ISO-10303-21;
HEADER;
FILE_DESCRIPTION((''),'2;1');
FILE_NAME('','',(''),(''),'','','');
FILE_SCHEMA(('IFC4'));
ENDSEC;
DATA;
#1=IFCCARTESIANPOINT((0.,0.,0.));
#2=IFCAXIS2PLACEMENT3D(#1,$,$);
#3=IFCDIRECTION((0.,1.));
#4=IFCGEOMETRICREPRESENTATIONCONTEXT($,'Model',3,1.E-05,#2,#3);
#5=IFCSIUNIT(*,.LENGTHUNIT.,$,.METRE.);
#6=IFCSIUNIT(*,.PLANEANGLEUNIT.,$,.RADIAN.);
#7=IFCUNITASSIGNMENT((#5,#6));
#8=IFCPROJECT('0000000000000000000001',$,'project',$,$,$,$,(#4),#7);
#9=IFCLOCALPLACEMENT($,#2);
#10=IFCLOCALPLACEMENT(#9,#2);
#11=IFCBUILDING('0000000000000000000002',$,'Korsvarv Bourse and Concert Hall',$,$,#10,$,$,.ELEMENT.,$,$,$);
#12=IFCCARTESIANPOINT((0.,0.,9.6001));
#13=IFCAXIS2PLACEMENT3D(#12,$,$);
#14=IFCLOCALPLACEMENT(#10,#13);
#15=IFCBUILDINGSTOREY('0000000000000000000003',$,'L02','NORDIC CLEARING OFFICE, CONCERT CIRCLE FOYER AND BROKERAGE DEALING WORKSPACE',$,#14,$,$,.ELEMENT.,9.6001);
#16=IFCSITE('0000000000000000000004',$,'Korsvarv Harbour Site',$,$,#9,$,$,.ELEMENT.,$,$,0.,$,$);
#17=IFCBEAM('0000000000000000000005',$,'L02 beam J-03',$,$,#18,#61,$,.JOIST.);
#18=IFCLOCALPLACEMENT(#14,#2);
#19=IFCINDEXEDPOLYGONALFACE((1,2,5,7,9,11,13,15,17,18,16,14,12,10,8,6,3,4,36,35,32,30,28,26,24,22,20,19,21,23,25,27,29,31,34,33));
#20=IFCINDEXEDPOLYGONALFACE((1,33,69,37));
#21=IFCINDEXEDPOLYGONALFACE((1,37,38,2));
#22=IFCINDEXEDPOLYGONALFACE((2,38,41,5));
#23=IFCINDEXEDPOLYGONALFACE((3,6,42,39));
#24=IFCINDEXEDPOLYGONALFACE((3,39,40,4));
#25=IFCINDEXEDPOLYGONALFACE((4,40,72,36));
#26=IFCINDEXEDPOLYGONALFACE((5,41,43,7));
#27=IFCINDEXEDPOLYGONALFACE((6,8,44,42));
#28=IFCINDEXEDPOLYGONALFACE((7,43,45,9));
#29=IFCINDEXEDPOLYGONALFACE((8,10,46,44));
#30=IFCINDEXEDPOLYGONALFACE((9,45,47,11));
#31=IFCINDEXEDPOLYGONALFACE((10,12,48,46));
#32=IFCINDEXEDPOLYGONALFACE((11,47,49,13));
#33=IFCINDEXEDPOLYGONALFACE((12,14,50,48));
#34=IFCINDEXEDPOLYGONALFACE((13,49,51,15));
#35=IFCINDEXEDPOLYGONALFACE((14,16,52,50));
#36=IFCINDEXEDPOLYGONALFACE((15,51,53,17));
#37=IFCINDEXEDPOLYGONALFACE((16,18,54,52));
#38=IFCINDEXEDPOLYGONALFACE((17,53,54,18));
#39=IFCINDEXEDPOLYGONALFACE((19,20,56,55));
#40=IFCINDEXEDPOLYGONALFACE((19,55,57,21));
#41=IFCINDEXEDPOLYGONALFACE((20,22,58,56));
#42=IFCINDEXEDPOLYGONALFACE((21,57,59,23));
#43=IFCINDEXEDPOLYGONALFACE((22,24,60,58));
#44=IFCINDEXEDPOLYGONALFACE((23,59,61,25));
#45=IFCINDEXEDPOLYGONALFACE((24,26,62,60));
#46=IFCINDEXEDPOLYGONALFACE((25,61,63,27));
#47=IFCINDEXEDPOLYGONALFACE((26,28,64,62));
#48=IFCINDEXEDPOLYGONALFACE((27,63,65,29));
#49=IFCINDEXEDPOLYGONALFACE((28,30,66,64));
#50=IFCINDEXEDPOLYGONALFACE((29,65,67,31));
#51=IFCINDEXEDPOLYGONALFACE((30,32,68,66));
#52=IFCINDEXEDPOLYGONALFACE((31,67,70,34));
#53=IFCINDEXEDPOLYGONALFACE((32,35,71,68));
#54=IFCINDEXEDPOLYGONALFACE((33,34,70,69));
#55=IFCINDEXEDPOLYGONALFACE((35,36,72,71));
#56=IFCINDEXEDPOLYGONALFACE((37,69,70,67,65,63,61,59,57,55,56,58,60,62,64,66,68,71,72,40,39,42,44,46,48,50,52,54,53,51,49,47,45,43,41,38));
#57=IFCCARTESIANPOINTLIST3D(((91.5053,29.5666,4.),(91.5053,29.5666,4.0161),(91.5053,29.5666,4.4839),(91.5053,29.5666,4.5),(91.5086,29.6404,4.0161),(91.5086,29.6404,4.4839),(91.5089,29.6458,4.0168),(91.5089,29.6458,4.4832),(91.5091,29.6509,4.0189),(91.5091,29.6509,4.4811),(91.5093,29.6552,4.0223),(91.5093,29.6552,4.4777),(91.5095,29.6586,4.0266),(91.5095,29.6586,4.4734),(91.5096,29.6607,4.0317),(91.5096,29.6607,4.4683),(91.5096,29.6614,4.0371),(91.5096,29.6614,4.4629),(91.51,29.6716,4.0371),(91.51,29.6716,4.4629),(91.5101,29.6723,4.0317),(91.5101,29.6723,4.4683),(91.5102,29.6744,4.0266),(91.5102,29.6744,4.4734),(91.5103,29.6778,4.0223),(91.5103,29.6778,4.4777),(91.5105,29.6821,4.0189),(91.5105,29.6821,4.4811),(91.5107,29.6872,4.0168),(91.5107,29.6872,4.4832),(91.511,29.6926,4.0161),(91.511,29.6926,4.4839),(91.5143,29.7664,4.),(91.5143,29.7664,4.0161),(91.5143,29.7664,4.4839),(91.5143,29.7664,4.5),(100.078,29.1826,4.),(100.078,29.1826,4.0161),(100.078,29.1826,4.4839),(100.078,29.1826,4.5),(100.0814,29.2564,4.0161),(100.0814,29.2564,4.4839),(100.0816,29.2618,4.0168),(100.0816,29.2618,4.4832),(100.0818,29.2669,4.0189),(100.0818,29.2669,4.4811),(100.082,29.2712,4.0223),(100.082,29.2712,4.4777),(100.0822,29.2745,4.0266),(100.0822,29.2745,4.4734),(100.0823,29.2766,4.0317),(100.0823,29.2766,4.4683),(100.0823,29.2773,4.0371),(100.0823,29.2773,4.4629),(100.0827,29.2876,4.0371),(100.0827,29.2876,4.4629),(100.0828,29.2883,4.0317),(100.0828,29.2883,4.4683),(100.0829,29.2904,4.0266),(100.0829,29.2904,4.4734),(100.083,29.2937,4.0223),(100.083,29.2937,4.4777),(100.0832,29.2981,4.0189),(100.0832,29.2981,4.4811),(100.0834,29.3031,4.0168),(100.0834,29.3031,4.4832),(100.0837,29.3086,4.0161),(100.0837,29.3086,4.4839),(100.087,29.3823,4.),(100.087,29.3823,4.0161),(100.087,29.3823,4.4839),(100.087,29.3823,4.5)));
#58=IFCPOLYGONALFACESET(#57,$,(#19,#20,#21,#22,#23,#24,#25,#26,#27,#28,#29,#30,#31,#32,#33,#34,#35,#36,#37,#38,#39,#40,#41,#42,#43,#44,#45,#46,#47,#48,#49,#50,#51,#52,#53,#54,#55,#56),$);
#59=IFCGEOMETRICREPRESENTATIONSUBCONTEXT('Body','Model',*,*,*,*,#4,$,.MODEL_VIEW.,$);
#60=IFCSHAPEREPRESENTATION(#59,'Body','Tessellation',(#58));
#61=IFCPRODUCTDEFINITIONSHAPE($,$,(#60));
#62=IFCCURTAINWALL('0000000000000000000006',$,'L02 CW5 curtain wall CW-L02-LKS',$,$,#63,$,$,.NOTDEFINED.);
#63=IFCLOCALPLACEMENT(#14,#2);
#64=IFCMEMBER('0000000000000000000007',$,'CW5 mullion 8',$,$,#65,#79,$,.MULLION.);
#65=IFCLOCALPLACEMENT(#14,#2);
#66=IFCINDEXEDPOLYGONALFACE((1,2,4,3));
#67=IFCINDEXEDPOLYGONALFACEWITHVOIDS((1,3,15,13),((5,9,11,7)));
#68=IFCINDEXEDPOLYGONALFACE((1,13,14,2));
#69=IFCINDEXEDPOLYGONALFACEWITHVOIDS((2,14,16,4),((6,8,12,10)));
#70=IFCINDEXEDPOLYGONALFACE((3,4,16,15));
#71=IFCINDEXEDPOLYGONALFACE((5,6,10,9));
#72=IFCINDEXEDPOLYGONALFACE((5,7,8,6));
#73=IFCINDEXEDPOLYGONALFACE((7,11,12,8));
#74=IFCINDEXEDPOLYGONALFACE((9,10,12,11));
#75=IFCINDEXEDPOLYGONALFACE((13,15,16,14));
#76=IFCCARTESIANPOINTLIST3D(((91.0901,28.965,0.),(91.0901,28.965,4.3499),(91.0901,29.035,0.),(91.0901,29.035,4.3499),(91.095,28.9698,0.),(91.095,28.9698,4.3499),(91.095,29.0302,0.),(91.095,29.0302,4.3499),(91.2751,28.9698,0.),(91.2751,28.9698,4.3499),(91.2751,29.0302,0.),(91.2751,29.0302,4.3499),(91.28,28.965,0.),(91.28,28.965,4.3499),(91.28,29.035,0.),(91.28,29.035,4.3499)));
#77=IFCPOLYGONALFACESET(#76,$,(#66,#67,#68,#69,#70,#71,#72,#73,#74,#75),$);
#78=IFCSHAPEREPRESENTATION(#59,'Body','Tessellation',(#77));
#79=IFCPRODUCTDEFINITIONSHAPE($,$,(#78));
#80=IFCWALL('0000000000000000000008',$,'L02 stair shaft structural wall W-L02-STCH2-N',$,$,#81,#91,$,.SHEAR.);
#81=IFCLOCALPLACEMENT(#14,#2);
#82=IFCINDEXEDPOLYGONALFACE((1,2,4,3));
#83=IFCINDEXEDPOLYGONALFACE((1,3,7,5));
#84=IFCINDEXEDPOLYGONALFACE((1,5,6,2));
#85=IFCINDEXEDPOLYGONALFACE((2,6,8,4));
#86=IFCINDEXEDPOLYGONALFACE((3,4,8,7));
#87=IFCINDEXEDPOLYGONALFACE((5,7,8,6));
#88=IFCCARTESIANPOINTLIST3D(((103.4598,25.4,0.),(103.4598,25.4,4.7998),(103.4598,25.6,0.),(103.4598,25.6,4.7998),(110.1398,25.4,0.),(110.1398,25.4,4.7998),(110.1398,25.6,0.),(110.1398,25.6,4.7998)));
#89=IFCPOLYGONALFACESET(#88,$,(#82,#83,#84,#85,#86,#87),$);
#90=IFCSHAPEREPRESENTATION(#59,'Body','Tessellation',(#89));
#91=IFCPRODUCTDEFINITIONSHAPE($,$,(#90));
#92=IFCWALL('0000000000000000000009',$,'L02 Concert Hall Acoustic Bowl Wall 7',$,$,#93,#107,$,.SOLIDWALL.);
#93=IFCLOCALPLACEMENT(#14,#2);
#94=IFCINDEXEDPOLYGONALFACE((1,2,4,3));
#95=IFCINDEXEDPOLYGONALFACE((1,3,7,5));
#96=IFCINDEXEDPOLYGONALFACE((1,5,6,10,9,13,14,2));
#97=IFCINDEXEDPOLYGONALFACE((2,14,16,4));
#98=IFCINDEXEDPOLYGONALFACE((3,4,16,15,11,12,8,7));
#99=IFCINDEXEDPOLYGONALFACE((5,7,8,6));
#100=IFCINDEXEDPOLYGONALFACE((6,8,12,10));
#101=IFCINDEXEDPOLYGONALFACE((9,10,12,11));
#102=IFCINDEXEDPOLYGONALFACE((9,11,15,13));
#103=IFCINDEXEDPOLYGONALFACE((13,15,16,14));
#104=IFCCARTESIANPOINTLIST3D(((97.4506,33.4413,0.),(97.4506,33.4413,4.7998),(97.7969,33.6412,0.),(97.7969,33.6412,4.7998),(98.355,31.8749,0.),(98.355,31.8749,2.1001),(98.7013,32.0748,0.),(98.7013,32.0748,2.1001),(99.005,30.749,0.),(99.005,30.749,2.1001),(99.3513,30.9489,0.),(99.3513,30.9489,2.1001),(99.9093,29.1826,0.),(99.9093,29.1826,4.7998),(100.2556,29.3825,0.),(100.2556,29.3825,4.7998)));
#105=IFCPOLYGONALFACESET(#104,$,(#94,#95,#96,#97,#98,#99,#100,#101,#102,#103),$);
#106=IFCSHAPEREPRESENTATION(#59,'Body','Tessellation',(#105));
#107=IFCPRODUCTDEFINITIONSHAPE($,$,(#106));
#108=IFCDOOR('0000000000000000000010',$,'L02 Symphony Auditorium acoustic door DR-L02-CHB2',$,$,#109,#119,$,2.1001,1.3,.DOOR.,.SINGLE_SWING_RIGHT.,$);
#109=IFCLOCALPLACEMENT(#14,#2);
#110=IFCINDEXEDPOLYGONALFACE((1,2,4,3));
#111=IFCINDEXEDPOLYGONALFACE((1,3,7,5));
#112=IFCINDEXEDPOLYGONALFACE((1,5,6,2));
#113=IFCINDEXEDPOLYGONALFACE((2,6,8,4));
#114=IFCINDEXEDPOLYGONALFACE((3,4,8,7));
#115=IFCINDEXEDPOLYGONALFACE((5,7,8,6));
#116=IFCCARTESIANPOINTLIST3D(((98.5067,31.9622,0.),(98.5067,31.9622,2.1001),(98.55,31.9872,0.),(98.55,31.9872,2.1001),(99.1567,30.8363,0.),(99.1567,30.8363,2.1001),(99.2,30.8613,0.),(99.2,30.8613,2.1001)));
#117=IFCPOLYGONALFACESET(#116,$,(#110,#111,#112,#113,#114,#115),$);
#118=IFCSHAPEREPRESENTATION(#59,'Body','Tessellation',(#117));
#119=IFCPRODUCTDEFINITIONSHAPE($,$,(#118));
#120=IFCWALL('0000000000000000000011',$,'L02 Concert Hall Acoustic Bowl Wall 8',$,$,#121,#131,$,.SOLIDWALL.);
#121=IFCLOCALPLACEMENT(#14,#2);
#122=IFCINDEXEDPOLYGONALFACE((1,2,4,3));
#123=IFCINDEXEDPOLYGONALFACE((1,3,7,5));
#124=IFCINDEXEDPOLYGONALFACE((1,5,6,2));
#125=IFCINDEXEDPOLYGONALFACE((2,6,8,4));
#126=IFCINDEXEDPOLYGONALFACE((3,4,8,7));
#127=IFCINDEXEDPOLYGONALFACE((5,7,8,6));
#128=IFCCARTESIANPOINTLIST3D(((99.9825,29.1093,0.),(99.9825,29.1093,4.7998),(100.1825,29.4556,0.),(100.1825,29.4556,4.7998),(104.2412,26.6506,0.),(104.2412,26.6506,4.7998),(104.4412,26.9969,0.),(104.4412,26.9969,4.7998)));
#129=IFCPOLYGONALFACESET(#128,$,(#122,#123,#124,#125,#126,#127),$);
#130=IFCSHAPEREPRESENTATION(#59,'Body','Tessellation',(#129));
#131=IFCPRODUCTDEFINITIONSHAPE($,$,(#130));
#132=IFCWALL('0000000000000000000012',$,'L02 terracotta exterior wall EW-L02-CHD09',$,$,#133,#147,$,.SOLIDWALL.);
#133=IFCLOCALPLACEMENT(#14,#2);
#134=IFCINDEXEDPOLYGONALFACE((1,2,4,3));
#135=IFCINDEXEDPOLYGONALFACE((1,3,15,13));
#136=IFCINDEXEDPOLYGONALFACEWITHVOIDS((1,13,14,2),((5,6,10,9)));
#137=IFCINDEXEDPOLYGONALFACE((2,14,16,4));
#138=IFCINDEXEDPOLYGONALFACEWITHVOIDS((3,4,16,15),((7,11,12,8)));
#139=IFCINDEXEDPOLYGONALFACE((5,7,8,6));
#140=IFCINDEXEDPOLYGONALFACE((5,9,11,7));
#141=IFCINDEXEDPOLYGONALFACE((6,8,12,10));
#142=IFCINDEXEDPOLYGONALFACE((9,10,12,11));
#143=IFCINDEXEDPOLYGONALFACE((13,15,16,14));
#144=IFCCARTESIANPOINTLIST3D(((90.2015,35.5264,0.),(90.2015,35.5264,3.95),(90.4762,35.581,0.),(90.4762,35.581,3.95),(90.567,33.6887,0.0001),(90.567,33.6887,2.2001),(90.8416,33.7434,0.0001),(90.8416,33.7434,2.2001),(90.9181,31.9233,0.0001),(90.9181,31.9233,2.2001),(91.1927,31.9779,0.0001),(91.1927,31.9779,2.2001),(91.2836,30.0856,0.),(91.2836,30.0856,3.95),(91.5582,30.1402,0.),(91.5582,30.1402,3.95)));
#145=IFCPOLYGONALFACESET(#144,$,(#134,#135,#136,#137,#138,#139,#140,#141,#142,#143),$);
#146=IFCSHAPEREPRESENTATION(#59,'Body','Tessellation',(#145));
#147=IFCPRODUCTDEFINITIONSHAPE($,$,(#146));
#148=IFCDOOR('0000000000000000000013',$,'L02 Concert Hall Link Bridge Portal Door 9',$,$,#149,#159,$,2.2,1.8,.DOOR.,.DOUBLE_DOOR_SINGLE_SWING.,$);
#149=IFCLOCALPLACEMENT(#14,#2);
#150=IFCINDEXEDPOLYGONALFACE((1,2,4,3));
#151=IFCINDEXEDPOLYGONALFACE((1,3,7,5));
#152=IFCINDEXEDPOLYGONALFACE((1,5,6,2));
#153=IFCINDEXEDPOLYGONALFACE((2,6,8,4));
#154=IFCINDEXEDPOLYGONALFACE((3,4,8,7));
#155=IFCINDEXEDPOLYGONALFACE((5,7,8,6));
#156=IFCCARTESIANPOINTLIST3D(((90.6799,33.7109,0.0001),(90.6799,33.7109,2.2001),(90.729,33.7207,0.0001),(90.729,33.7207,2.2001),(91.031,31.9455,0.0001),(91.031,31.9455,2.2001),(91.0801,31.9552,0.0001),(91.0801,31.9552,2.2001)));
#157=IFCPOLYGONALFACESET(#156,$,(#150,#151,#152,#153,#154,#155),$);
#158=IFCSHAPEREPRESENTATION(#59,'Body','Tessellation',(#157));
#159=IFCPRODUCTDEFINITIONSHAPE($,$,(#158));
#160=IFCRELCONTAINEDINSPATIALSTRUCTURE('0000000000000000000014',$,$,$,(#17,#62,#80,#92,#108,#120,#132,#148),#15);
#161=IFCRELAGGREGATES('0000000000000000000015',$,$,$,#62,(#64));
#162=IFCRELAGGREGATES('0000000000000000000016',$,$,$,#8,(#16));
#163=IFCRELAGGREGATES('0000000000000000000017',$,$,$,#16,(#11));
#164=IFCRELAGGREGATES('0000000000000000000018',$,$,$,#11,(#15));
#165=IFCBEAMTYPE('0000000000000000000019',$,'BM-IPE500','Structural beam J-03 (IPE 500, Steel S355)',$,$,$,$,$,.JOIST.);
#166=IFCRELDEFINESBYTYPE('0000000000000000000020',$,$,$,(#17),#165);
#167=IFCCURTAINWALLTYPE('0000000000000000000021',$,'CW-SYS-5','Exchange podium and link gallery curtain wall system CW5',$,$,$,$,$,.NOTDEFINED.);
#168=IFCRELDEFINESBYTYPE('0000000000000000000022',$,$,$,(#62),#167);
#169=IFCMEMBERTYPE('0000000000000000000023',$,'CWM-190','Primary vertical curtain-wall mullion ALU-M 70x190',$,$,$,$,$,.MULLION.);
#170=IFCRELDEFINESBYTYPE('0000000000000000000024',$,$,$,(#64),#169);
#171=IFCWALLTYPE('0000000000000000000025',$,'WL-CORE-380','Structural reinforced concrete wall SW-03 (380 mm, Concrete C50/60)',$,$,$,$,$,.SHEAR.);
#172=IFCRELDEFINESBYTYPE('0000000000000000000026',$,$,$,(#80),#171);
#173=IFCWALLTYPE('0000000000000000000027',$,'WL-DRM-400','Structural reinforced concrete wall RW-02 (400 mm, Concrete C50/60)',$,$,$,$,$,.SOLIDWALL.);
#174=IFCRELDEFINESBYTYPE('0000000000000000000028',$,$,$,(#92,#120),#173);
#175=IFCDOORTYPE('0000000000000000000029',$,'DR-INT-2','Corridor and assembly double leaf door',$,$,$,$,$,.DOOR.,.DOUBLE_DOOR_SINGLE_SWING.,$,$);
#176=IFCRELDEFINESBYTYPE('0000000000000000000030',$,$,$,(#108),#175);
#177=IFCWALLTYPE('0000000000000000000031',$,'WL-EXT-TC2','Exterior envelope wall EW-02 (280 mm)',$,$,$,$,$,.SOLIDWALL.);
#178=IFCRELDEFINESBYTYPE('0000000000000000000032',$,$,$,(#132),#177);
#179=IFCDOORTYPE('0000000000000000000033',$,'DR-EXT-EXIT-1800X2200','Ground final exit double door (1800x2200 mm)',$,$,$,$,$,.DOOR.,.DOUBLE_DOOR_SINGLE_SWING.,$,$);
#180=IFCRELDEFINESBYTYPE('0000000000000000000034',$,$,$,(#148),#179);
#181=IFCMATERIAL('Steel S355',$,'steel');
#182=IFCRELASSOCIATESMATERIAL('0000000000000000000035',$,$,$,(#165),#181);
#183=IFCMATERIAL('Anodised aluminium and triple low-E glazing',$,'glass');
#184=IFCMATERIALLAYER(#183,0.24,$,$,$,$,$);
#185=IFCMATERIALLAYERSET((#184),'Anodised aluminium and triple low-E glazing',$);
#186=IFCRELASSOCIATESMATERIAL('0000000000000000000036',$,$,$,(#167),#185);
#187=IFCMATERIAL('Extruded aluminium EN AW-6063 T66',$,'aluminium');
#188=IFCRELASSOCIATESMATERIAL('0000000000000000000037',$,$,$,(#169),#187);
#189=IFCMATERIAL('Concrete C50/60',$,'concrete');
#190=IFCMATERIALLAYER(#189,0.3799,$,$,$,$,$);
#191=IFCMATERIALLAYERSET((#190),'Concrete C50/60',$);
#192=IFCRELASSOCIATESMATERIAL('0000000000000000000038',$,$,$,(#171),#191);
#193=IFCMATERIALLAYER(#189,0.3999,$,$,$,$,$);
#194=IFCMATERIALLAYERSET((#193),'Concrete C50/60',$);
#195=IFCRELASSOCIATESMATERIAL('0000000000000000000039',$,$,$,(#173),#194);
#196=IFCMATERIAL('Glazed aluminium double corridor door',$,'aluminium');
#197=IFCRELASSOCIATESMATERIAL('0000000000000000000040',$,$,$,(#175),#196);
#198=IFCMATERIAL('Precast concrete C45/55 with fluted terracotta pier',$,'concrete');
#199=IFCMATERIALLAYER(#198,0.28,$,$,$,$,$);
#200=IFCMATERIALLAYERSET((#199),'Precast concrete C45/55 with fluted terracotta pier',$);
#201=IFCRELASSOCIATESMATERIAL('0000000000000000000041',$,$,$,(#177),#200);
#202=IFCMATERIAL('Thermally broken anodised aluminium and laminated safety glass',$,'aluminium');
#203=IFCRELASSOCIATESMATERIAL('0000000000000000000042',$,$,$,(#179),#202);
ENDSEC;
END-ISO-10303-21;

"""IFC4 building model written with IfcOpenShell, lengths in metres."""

from ifc_helpers import new_model, si_unit, direction, frame, frame_2d, origin, origin_2d, place, context, subcontext, project, spatial, rectangle, hollow_rectangle, i_section, extrude, source, transform, mapped, material, layer, layer_set, material_profile, profile_set, type_object, element, fill, aggregate, save


model = new_model("IFC4")

# Units and contexts
model_context = context("Model", 3, precision=1e-05, world=origin(), true_north=direction((0.0, 1.0)))
body_context = subcontext(model_context, "Body", "Model", "MODEL_VIEW")
ifc_project = project(units=[si_unit("LENGTHUNIT", "METRE"), si_unit("PLANEANGLEUNIT", "RADIAN")], contexts=[model_context])

# Site, building, storey
site_placement = place(None, origin())
site = spatial("IfcSite", under=ifc_project, at=site_placement, Name="Korsvarv Harbour Site", CompositionType="ELEMENT", RefElevation=0.0)
building_placement = place(site_placement, origin())
building = spatial("IfcBuilding", under=site, at=building_placement, Name="Korsvarv Bourse and Concert Hall", CompositionType="ELEMENT")
storey_placement = place(building_placement, frame((0.0, 0.0, 9.6001)))
storey = spatial("IfcBuildingStorey", under=building, at=storey_placement, Name="L02", Description="NORDIC CLEARING OFFICE, CONCERT CIRCLE FOYER AND BROKERAGE DEALING WORKSPACE", CompositionType="ELEMENT", Elevation=9.6001)

# Shared definitions
ifc_material_1 = material(Name="Concrete C50/60", Category="concrete")

# Beam
ifc_material_2 = material(Name="Steel S355", Category="steel")
ifc_material_profile_1 = material_profile(ifc_material_2, i_section(OverallWidth=0.2, OverallDepth=0.5, WebThickness=0.0103, FlangeThickness=0.0161, FilletRadius=0.021, at=origin_2d()), Name="IPE 500")
ifc_profile_set_1 = profile_set([ifc_material_profile_1], Name="Steel S355")
beam_type_1 = type_object("IfcBeamType", Name="BM-IPE500", Description="Structural beam J-03 (IPE 500, Steel S355)", PredefinedType="JOIST", material=ifc_profile_set_1)
shared_shape_1 = source(origin(), body_context, "Body", "SweptSolid", [
    extrude(i_section(OverallWidth=0.2, OverallDepth=0.5, WebThickness=0.0103, FlangeThickness=0.0161, FilletRadius=0.021, at=origin_2d()), origin(), (0.0, 0.0, 1.0), 8.5813),
])
beam_1_placement = place(storey_placement, frame((100.0825, 29.2825, 4.25), z_axis=(-0.998998, 0.044752, 0.0), x_axis=(-0.044752, -0.998998, 0.0)))
element("IfcBeam", 1, at=beam_1_placement, inside=storey, type_object=beam_type_1, Name="L02 beam J-03", PredefinedType="JOIST", context=body_context, shape_type="MappedRepresentation", body=[
    mapped(shared_shape_1, transform((0.0, 0.0, 0.0), scale=1.0)),
])

# Curtain wall, member
ifc_material_3 = material(Name="Anodised aluminium and triple low-E glazing", Category="glass")
ifc_layer_1 = layer(ifc_material_3, 0.24)
ifc_layer_set_1 = layer_set([ifc_layer_1], Name="Anodised aluminium and triple low-E glazing")
curtain_wall_type = type_object("IfcCurtainWallType", Name="CW-SYS-5", Description="Exchange podium and link gallery curtain wall system CW5", PredefinedType="NOTDEFINED", material=ifc_layer_set_1)
curtain_wall_placement = place(storey_placement, origin())
curtain_wall = element("IfcCurtainWall", 2, at=curtain_wall_placement, inside=storey, type_object=curtain_wall_type, Name="L02 CW5 curtain wall CW-L02-LKS", PredefinedType="NOTDEFINED")
ifc_material_4 = material(Name="Extruded aluminium EN AW-6063 T66", Category="aluminium")
ifc_material_profile_2 = material_profile(ifc_material_4, hollow_rectangle(XDim=0.0701, YDim=0.1899, WallThickness=0.0049, at=origin_2d()), Name="ALU-M 70x190")
ifc_profile_set_2 = profile_set([ifc_material_profile_2], Name="Extruded aluminium EN AW-6063 T66")
member_type = type_object("IfcMemberType", Name="CWM-190", Description="Primary vertical curtain-wall mullion ALU-M 70x190", PredefinedType="MULLION", material=ifc_profile_set_2)
shared_shape_2 = source(origin(), body_context, "Body", "SweptSolid", [
    extrude(hollow_rectangle(XDim=0.0701, YDim=0.1899, WallThickness=0.0049, at=origin_2d()), origin(), (0.0, 0.0, 1.0), 4.3499),
])
member_placement = place(storey_placement, frame((91.1851, 29.0, 0.0), z_axis=(0.0, 0.0, 1.0), x_axis=(0.0, 1.0, 0.0)))
member = element("IfcMember", 3, at=member_placement, type_object=member_type, Name="CW5 mullion 8", PredefinedType="MULLION", context=body_context, shape_type="MappedRepresentation", body=[
    mapped(shared_shape_2, transform((0.0, 0.0, 0.0), scale=1.0)),
])
aggregate(curtain_wall, [member])

# Wall
ifc_layer_2 = layer(ifc_material_1, 0.3799)
ifc_layer_set_2 = layer_set([ifc_layer_2], Name="Concrete C50/60")
wall_type_1 = type_object("IfcWallType", Name="WL-CORE-380", Description="Structural reinforced concrete wall SW-03 (380 mm, Concrete C50/60)", PredefinedType="SHEAR", material=ifc_layer_set_2)
wall_1_placement = place(storey_placement, frame((103.46, 25.5, 0.0), z_axis=(0.0, 0.0, 1.0), x_axis=(1.0, 0.0, 0.0)))
element("IfcWall", 4, at=wall_1_placement, inside=storey, type_object=wall_type_1, Name="L02 stair shaft structural wall W-L02-STCH2-N", PredefinedType="SHEAR", context=body_context, shape_type="SweptSolid", body=[
    extrude(rectangle(XDim=6.6799, YDim=0.2, at=frame_2d((3.3398, 0.0))), origin(), (0.0, 0.0, 1.0), 4.7998),
])

# Wall, opening, door
ifc_layer_3 = layer(ifc_material_1, 0.3999)
ifc_layer_set_3 = layer_set([ifc_layer_3], Name="Concrete C50/60")
wall_type_2 = type_object("IfcWallType", Name="WL-DRM-400", Description="Structural reinforced concrete wall RW-02 (400 mm, Concrete C50/60)", PredefinedType="SOLIDWALL", material=ifc_layer_set_3)
wall_2_placement = place(storey_placement, frame((97.6238, 33.5413, 0.0), z_axis=(0.0, 0.0, 1.0), x_axis=(0.499989, -0.866032, 0.0)))
wall_2 = element("IfcWall", 5, at=wall_2_placement, inside=storey, type_object=wall_type_2, Name="L02 Concert Hall Acoustic Bowl Wall 7", PredefinedType="SOLIDWALL", context=body_context, shape_type="SweptSolid", body=[
    extrude(rectangle(XDim=4.9175, YDim=0.3999, at=frame_2d((2.4587, 0.0))), origin(), (0.0, 0.0, 1.0), 4.7998),
])
opening_1_placement = place(wall_2_placement, frame((1.8088, 0.0, 0.0)))
opening_1 = element("IfcOpeningElement", 6, at=opening_1_placement, cuts=wall_2, PredefinedType="OPENING", context=body_context, shape_type="SweptSolid", body=[
    extrude(rectangle(XDim=1.3, YDim=2.1001, at=frame_2d((0.6499, 1.05))), frame((0.0, 0.21, 0.0), z_axis=(0.0, -1.0, 0.0), x_axis=(1.0, 0.0, 0.0)), (0.0, 0.0, 1.0), 0.4199),
])
ifc_material_5 = material(Name="Glazed aluminium double corridor door", Category="aluminium")
door_type_1 = type_object("IfcDoorType", Name="DR-INT-2", Description="Corridor and assembly double leaf door", OperationType="DOUBLE_DOOR_SINGLE_SWING", PredefinedType="DOOR", material=ifc_material_5)
door_1_placement = place(opening_1_placement, frame((1.3, 0.0, 0.0), z_axis=(0.0, 0.0, 1.0), x_axis=(-1.0, 0.0, 0.0)))
door_1 = element("IfcDoor", 7, at=door_1_placement, inside=storey, type_object=door_type_1, Name="L02 Symphony Auditorium acoustic door DR-L02-CHB2", OperationType="SINGLE_SWING_RIGHT", OverallHeight=2.1001, OverallWidth=1.3, PredefinedType="DOOR", context=body_context, shape_type="SweptSolid", body=[
    extrude(rectangle(XDim=1.3, YDim=2.1001, at=frame_2d((0.6499, 1.05))), frame((0.0, 0.0249, 0.0), z_axis=(0.0, -1.0, 0.0), x_axis=(1.0, 0.0, 0.0)), (0.0, 0.0, 1.0), 0.05),
])
fill(opening_1, door_1)

# Wall
wall_3_placement = place(storey_placement, frame((100.0825, 29.2825, 0.0), z_axis=(0.0, 0.0, 1.0), x_axis=(0.866032, -0.499989, 0.0)))
element("IfcWall", 8, at=wall_3_placement, inside=storey, type_object=wall_type_2, Name="L02 Concert Hall Acoustic Bowl Wall 8", PredefinedType="SOLIDWALL", context=body_context, shape_type="SweptSolid", body=[
    extrude(rectangle(XDim=4.9175, YDim=0.3999, at=frame_2d((2.4587, 0.0))), origin(), (0.0, 0.0, 1.0), 4.7998),
])

# Wall, opening, door
ifc_material_6 = material(Name="Precast concrete C45/55 with fluted terracotta pier", Category="concrete")
ifc_layer_4 = layer(ifc_material_6, 0.28)
ifc_layer_set_4 = layer_set([ifc_layer_4], Name="Precast concrete C45/55 with fluted terracotta pier")
wall_type_3 = type_object("IfcWallType", Name="WL-EXT-TC2", Description="Exterior envelope wall EW-02 (280 mm)", PredefinedType="SOLIDWALL", material=ifc_layer_set_4)
wall_4_placement = place(storey_placement, frame((90.3389, 35.5537, 0.0), z_axis=(0.0, 0.0, 1.0), x_axis=(0.19505, -0.980793, 0.0)))
wall_4 = element("IfcWall", 9, at=wall_4_placement, inside=storey, type_object=wall_type_3, Name="L02 terracotta exterior wall EW-L02-CHD09", PredefinedType="SOLIDWALL", context=body_context, shape_type="SweptSolid", body=[
    extrude(rectangle(XDim=5.5474, YDim=0.28, at=frame_2d((2.7737, 0.0))), origin(), (0.0, 0.0, 1.0), 3.95),
])
opening_2_placement = place(wall_4_placement, frame((1.8738, 0.0, 0.0)))
opening_2 = element("IfcOpeningElement", 10, at=opening_2_placement, cuts=wall_4, PredefinedType="OPENING", context=body_context, shape_type="SweptSolid", body=[
    extrude(rectangle(XDim=1.8, YDim=2.2, at=frame_2d((0.8999, 1.1001))), frame((0.0, 0.1499, 0.0), z_axis=(0.0, -1.0, 0.0), x_axis=(1.0, 0.0, 0.0)), (0.0, 0.0, 1.0), 0.3),
])
ifc_material_7 = material(Name="Thermally broken anodised aluminium and laminated safety glass", Category="aluminium")
door_type_2 = type_object("IfcDoorType", Name="DR-EXT-EXIT-1800X2200", Description="Ground final exit double door (1800x2200 mm)", OperationType="DOUBLE_DOOR_SINGLE_SWING", PredefinedType="DOOR", material=ifc_material_7)
door_2_placement = place(opening_2_placement, frame((1.8, 0.0, 0.0), z_axis=(0.0, 0.0, 1.0), x_axis=(-1.0, 0.0, 0.0)))
door_2 = element("IfcDoor", 11, at=door_2_placement, inside=storey, type_object=door_type_2, Name="L02 Concert Hall Link Bridge Portal Door 9", OperationType="DOUBLE_DOOR_SINGLE_SWING", OverallHeight=2.2, OverallWidth=1.8, PredefinedType="DOOR", context=body_context, shape_type="SweptSolid", body=[
    extrude(rectangle(XDim=1.8, YDim=2.2, at=frame_2d((0.8999, 1.1001))), frame((0.0, 0.0249, 0.0), z_axis=(0.0, -1.0, 0.0), x_axis=(1.0, 0.0, 0.0)), (0.0, 0.0, 1.0), 0.05),
])
fill(opening_2, door_2)

save(model, "model.ifc")
